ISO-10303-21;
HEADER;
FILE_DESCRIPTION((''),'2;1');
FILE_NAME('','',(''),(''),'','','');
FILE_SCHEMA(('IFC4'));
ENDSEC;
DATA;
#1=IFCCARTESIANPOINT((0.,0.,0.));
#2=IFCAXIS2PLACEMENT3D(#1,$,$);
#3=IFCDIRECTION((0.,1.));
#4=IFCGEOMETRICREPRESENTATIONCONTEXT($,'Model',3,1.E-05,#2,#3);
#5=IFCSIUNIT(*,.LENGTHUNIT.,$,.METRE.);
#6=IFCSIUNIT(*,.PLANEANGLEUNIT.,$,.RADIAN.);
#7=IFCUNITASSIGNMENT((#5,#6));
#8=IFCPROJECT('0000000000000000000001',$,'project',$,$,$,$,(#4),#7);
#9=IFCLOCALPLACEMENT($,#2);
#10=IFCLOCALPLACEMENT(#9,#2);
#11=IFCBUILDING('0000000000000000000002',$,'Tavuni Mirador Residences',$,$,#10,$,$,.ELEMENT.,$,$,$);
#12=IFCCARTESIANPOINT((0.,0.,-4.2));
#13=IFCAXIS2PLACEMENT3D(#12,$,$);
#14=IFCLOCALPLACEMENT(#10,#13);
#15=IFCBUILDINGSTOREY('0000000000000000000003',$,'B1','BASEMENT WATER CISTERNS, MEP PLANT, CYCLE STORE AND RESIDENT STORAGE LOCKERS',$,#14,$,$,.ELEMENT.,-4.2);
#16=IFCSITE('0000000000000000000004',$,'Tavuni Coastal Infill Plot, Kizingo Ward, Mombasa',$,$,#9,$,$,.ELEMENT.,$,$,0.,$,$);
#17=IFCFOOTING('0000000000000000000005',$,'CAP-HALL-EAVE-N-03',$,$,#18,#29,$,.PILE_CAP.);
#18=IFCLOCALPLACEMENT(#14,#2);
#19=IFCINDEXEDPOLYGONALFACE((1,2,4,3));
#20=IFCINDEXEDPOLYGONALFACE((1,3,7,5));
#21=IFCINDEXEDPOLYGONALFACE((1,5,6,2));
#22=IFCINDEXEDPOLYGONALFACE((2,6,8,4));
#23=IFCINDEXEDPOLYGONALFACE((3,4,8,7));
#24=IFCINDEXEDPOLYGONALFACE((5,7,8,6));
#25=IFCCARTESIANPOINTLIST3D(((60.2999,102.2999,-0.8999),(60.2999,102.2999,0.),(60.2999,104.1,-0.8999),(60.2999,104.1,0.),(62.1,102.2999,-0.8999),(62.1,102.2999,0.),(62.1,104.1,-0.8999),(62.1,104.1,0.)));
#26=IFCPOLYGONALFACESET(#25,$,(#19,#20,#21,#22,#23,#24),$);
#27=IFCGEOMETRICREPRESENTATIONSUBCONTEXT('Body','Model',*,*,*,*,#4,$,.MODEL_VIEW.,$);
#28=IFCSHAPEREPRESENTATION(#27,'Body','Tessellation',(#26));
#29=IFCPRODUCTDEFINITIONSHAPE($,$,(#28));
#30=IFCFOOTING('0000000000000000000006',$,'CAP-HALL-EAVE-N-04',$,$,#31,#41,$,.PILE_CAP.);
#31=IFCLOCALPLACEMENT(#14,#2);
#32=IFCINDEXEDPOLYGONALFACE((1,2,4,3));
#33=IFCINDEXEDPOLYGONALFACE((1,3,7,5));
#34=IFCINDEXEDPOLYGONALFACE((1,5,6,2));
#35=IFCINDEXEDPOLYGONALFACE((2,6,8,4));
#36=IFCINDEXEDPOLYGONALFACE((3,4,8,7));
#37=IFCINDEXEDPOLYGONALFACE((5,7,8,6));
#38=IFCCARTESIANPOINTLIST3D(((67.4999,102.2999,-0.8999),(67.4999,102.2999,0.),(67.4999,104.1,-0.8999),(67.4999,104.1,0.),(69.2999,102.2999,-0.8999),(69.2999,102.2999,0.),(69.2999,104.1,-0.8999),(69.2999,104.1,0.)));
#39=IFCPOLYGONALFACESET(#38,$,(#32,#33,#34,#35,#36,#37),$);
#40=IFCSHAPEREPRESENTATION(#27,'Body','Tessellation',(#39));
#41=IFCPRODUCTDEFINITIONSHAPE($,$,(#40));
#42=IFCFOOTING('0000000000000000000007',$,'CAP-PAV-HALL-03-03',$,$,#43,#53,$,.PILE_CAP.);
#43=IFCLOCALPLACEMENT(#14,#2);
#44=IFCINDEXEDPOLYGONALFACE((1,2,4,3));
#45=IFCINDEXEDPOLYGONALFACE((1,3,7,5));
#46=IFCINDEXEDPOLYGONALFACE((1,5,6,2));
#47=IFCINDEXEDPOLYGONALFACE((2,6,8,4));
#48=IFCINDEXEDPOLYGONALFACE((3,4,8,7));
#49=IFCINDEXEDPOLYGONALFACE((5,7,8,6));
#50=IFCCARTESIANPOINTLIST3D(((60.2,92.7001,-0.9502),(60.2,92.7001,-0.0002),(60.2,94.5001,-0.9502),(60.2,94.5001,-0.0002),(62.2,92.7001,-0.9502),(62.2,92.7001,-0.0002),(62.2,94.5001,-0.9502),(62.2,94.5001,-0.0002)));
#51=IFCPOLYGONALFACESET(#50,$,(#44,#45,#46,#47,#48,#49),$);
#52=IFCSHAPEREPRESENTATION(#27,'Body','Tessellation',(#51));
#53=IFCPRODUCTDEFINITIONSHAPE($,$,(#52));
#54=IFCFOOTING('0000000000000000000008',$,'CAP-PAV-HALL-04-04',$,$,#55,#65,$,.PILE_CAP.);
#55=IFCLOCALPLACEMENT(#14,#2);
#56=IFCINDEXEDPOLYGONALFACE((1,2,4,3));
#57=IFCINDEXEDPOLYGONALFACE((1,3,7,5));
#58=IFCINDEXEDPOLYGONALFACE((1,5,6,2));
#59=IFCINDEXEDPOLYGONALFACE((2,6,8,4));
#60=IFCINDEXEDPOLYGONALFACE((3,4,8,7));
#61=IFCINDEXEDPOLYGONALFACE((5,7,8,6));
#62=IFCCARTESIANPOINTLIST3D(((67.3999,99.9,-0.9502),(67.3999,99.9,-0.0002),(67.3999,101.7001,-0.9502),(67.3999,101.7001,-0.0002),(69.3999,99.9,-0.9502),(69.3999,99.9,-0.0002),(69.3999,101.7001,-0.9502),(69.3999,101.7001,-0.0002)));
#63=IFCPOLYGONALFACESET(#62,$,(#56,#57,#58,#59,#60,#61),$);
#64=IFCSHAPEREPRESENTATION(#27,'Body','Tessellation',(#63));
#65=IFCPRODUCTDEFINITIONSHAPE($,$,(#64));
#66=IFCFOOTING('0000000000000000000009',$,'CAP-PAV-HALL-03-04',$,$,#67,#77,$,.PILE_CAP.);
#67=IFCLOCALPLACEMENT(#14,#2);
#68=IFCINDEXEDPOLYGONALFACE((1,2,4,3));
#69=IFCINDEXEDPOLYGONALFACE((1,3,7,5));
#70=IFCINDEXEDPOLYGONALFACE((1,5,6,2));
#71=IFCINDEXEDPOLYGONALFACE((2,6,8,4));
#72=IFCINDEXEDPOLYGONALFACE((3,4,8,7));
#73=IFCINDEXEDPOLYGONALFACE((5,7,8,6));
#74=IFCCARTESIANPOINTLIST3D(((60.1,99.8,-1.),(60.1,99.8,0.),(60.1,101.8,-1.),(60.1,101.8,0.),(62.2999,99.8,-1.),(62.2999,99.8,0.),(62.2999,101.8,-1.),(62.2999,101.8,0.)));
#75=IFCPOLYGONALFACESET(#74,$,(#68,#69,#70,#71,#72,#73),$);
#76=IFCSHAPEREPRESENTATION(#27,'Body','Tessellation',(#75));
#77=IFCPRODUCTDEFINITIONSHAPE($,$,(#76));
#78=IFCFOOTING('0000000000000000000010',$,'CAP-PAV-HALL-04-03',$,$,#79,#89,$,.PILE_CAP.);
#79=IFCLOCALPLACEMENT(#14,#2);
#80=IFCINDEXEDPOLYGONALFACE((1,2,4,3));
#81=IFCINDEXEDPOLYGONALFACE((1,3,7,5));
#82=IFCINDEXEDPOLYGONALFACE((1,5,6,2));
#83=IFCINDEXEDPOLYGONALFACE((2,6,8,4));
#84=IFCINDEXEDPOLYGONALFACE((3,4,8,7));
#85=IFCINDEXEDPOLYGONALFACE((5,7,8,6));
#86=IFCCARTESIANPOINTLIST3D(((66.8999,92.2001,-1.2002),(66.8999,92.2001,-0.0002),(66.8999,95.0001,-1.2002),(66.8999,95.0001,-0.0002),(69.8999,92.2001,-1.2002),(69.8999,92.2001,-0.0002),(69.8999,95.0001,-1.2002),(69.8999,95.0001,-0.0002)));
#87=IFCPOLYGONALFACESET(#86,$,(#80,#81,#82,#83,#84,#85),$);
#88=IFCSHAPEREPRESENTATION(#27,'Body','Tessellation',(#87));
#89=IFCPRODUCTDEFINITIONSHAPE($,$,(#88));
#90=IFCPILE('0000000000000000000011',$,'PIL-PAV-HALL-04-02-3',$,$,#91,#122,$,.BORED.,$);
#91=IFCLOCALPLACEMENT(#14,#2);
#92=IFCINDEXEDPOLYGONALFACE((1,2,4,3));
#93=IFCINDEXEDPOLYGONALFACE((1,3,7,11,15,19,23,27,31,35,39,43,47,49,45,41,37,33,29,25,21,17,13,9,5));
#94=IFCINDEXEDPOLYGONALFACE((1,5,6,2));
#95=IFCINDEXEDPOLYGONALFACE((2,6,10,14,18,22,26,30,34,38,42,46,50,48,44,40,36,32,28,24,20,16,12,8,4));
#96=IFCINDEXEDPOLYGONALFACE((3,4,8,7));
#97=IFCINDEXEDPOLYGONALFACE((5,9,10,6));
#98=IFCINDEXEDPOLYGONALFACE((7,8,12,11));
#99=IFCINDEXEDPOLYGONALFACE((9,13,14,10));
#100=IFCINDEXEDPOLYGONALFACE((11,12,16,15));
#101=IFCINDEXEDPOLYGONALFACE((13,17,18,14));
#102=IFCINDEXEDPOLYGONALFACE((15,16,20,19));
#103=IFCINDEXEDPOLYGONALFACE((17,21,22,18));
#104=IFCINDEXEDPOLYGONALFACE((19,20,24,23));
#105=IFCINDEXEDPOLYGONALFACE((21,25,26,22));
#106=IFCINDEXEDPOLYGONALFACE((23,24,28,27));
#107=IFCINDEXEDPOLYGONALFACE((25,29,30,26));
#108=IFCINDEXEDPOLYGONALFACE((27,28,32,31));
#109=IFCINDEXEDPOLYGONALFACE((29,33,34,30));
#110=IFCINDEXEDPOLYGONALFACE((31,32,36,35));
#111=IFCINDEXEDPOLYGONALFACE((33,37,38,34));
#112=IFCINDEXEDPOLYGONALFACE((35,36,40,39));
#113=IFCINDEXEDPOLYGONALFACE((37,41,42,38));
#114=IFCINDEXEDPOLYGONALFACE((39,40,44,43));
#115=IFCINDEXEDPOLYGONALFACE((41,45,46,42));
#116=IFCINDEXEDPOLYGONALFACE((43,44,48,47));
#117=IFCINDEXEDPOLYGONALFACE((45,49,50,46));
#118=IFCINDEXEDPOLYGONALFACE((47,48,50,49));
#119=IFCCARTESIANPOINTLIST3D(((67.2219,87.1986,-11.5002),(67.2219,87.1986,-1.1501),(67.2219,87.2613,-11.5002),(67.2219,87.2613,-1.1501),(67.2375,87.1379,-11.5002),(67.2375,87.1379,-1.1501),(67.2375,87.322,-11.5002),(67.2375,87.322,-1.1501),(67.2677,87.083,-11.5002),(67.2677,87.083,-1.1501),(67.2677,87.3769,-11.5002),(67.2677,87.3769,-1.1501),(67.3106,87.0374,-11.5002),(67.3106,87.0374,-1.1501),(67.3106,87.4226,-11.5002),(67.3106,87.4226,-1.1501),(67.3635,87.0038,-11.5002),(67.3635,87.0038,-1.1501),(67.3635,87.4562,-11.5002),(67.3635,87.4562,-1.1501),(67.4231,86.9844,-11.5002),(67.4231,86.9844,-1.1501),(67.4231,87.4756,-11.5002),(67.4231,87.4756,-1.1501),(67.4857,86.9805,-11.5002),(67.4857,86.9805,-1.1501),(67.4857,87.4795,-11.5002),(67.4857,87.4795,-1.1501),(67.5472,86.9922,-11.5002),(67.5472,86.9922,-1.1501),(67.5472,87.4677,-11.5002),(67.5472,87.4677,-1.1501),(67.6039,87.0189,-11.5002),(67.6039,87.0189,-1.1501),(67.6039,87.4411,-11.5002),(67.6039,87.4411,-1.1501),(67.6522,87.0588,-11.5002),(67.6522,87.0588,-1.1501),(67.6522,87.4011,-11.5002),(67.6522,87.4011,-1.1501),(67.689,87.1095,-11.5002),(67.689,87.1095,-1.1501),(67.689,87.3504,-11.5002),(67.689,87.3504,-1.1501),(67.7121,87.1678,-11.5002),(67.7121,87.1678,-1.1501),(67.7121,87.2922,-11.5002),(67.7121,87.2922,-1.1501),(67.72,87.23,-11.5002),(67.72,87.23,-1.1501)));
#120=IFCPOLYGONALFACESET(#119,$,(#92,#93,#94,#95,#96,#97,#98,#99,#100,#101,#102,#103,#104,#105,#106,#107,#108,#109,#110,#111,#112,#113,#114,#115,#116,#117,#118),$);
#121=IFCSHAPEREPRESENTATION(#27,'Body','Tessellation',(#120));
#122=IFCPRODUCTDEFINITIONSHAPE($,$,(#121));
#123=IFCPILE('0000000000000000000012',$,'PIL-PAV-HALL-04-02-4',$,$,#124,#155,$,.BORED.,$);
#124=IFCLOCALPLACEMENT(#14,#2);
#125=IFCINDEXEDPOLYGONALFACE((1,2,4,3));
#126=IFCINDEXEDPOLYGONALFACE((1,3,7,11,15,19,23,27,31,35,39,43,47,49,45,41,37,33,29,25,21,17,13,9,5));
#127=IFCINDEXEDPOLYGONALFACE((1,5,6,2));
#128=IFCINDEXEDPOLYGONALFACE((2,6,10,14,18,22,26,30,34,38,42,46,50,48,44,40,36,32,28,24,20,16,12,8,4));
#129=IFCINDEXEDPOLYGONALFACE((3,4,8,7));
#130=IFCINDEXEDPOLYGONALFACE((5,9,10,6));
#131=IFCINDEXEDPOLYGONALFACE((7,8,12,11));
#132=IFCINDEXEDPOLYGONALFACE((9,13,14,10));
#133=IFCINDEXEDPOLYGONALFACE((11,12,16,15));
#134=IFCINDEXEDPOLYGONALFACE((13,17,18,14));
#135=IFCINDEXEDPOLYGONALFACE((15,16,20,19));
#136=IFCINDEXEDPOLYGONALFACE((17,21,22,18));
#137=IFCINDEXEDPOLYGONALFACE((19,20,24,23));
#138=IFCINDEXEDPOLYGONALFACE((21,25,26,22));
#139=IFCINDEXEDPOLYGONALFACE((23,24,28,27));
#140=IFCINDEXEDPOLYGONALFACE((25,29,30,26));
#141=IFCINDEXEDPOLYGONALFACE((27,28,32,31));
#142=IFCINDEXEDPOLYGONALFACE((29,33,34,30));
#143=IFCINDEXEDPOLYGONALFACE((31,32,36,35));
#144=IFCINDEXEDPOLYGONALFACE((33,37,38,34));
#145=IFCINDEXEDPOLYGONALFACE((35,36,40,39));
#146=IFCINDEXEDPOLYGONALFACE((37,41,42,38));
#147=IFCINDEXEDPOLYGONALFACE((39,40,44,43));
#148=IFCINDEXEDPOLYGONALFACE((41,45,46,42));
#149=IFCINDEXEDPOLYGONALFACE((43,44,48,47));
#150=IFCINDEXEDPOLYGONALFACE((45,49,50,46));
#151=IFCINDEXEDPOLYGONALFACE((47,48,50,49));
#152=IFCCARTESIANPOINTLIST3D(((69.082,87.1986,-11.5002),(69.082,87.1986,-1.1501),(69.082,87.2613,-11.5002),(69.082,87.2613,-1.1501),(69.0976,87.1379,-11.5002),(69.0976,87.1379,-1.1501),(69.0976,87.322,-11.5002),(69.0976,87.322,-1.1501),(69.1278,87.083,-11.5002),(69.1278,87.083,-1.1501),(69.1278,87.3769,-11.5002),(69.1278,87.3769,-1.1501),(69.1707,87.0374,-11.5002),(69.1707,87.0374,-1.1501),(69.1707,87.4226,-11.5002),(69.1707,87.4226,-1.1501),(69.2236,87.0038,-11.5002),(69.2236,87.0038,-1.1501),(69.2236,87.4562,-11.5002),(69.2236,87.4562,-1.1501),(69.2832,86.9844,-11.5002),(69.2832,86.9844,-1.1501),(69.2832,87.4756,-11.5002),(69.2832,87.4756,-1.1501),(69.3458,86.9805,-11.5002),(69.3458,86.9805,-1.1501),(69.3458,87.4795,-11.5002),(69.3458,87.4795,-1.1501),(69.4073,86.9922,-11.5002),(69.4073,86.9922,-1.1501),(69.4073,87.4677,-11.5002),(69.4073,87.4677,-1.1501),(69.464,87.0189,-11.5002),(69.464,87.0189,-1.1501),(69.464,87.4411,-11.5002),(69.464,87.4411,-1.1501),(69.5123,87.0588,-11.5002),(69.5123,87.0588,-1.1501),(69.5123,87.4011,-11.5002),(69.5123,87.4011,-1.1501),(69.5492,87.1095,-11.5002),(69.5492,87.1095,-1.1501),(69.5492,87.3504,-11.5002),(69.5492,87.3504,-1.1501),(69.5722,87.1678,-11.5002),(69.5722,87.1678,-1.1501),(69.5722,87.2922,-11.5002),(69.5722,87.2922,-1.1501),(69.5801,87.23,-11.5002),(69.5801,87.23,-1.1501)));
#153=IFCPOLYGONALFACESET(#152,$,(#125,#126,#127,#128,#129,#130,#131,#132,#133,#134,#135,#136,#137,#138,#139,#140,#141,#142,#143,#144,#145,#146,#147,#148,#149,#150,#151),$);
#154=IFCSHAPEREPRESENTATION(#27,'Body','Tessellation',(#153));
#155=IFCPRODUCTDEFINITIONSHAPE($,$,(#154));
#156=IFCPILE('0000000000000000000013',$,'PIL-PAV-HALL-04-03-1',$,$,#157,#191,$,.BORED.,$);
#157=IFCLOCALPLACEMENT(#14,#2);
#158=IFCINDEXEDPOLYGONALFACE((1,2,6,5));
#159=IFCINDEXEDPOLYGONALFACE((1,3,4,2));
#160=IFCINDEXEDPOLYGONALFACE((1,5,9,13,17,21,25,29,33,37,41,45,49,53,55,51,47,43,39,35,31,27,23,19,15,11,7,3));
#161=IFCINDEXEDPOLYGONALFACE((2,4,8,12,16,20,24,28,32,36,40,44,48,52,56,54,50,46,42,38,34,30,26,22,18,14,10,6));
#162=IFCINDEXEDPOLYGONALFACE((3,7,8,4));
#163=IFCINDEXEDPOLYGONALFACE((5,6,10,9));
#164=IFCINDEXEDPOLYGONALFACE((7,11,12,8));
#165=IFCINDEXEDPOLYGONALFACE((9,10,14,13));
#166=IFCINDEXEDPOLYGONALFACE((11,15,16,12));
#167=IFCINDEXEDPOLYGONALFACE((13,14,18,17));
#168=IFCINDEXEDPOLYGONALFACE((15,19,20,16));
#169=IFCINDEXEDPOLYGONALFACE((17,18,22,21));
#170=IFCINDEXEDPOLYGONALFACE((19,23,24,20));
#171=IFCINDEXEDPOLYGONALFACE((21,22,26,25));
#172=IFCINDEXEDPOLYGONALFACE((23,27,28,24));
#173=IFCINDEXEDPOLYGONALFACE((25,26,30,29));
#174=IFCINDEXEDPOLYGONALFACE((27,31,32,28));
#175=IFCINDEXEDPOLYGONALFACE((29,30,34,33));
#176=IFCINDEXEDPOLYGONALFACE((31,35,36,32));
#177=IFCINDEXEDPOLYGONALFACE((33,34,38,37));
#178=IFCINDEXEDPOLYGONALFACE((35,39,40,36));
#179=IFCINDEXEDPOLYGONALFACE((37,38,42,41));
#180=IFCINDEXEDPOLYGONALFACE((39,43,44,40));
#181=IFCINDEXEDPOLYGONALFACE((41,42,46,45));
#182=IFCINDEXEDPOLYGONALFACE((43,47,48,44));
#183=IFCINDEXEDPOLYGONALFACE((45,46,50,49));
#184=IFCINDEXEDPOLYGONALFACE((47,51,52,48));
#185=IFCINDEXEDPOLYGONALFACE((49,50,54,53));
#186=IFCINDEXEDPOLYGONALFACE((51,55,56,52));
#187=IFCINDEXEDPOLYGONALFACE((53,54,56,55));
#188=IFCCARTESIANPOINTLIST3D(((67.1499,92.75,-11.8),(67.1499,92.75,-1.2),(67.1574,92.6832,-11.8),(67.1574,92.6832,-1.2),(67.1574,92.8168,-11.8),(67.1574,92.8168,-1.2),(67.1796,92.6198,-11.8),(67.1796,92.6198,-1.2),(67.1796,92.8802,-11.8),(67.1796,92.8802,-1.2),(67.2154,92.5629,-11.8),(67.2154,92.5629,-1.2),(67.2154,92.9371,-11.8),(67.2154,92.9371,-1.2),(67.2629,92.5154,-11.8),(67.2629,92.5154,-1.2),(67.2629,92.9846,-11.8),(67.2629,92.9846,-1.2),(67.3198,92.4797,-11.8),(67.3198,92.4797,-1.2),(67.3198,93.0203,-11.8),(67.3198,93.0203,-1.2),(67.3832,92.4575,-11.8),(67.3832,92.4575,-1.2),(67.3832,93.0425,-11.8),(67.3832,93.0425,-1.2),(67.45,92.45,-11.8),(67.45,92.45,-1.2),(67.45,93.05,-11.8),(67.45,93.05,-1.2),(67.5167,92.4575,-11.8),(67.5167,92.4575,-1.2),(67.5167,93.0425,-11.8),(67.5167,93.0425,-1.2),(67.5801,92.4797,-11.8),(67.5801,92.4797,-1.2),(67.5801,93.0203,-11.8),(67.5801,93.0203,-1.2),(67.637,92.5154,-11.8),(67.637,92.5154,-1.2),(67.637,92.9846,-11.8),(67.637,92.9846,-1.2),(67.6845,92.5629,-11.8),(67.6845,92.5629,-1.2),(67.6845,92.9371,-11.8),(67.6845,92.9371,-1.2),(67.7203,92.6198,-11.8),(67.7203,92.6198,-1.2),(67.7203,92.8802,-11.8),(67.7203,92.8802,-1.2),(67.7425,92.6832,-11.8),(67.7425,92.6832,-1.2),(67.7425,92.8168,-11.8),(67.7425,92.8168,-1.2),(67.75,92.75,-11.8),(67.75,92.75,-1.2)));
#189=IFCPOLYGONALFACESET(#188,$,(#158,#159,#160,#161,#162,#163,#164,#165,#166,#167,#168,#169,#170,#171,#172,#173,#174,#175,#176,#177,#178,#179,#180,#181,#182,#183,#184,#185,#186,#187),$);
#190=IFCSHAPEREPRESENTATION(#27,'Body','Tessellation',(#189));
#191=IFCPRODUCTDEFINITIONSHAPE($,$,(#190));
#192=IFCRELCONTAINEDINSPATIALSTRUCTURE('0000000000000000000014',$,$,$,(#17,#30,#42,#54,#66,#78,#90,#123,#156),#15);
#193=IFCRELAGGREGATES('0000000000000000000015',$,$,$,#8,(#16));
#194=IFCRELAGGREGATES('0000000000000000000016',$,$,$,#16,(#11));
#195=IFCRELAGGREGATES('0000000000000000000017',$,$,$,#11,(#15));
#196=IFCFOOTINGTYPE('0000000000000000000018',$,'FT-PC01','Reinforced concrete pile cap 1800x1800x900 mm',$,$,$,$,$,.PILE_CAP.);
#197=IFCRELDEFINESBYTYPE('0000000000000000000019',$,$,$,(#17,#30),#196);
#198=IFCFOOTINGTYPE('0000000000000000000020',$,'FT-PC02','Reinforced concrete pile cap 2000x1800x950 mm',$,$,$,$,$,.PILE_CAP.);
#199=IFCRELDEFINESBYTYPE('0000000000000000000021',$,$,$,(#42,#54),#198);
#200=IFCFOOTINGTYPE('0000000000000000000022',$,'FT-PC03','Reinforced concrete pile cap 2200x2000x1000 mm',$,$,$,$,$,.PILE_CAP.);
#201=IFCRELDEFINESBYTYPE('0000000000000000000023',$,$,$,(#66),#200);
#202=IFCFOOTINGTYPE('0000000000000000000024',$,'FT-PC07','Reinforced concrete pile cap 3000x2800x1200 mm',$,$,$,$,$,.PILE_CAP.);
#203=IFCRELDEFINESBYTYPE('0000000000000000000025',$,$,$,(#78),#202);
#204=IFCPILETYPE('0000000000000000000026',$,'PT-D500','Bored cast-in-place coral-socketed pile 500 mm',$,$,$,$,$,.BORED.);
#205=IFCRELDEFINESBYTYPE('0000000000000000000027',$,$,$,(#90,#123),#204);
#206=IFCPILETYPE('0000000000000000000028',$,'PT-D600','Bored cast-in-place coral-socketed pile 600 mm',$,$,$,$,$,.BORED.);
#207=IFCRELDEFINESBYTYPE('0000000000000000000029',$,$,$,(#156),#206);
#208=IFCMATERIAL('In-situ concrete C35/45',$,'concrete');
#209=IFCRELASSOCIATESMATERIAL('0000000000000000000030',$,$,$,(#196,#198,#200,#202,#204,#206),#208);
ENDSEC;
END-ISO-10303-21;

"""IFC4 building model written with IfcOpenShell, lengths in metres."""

from ifc_helpers import new_model, si_unit, direction, frame, origin, origin_2d, place, context, subcontext, project, spatial, rectangle, circle, extrude, material, material_profile, profile_set, type_object, element, save


model = new_model("IFC4")

# Units and contexts
model_context = context("Model", 3, precision=1e-05, world=origin(), true_north=direction((0.0, 1.0)))
body_context = subcontext(model_context, "Body", "Model", "MODEL_VIEW")
ifc_project = project(units=[si_unit("LENGTHUNIT", "METRE"), si_unit("PLANEANGLEUNIT", "RADIAN")], contexts=[model_context])

# Site, building, storey
site_placement = place(None, origin())
site = spatial("IfcSite", under=ifc_project, at=site_placement, Name="Tavuni Coastal Infill Plot, Kizingo Ward, Mombasa", CompositionType="ELEMENT", RefElevation=0.0)
building_placement = place(site_placement, origin())
building = spatial("IfcBuilding", under=site, at=building_placement, Name="Tavuni Mirador Residences", CompositionType="ELEMENT")
storey_placement = place(building_placement, frame((0.0, 0.0, -4.2)))
storey = spatial("IfcBuildingStorey", under=building, at=storey_placement, Name="B1", Description="BASEMENT WATER CISTERNS, MEP PLANT, CYCLE STORE AND RESIDENT STORAGE LOCKERS", CompositionType="ELEMENT", Elevation=-4.2)

# Footings
ifc_material_1 = material(Name="In-situ concrete C35/45", Category="concrete")
footing_type_1 = type_object("IfcFootingType", Name="FT-PC01", Description="Reinforced concrete pile cap 1800x1800x900 mm", PredefinedType="PILE_CAP", material=ifc_material_1)
for number, where, z_axis, x_axis, name in (
    (1, (61.2, 103.2, -0.8999), (0.0, 0.0, 1.0), (1.0, 0.0, 0.0), "CAP-HALL-EAVE-N-03"),
    (2, (68.3999, 103.2, -0.8999), (0.0, 0.0, 1.0), (1.0, 0.0, 0.0), "CAP-HALL-EAVE-N-04"),
):
    element("IfcFooting", number, at=place(storey_placement, frame(where, z_axis=z_axis, x_axis=x_axis)), inside=storey, type_object=footing_type_1, Name=name, PredefinedType="PILE_CAP", context=body_context, shape_type="SweptSolid", body=[
        extrude(rectangle(XDim=1.8, YDim=1.8, at=origin_2d()), origin(), (0.0, 0.0, 1.0), 0.8999),
    ])
footing_type_2 = type_object("IfcFootingType", Name="FT-PC02", Description="Reinforced concrete pile cap 2000x1800x950 mm", PredefinedType="PILE_CAP", material=ifc_material_1)
for number, where, z_axis, x_axis, name in (
    (3, (61.2, 93.6001, -0.9502), (0.0, 0.0, 1.0), (1.0, 0.0, 0.0), "CAP-PAV-HALL-03-03"),
    (4, (68.3999, 100.8, -0.9502), (0.0, 0.0, 1.0), (1.0, 0.0, 0.0), "CAP-PAV-HALL-04-04"),
):
    element("IfcFooting", number, at=place(storey_placement, frame(where, z_axis=z_axis, x_axis=x_axis)), inside=storey, type_object=footing_type_2, Name=name, PredefinedType="PILE_CAP", context=body_context, shape_type="SweptSolid", body=[
        extrude(rectangle(XDim=2.0, YDim=1.8, at=origin_2d()), origin(), (0.0, 0.0, 1.0), 0.95),
    ])
footing_type_3 = type_object("IfcFootingType", Name="FT-PC03", Description="Reinforced concrete pile cap 2200x2000x1000 mm", PredefinedType="PILE_CAP", material=ifc_material_1)
footing_1_placement = place(storey_placement, frame((61.2, 100.8, -1.0), z_axis=(0.0, 0.0, 1.0), x_axis=(1.0, 0.0, 0.0)))
element("IfcFooting", 5, at=footing_1_placement, inside=storey, type_object=footing_type_3, Name="CAP-PAV-HALL-03-04", PredefinedType="PILE_CAP", context=body_context, shape_type="SweptSolid", body=[
    extrude(rectangle(XDim=2.2, YDim=2.0, at=origin_2d()), origin(), (0.0, 0.0, 1.0), 1.0),
])
footing_type_4 = type_object("IfcFootingType", Name="FT-PC07", Description="Reinforced concrete pile cap 3000x2800x1200 mm", PredefinedType="PILE_CAP", material=ifc_material_1)
footing_2_placement = place(storey_placement, frame((68.3999, 93.6001, -1.2002), z_axis=(0.0, 0.0, 1.0), x_axis=(1.0, 0.0, 0.0)))
element("IfcFooting", 6, at=footing_2_placement, inside=storey, type_object=footing_type_4, Name="CAP-PAV-HALL-04-03", PredefinedType="PILE_CAP", context=body_context, shape_type="SweptSolid", body=[
    extrude(rectangle(XDim=3.0, YDim=2.8, at=origin_2d()), origin(), (0.0, 0.0, 1.0), 1.2),
])

# Piles
ifc_material_profile_1 = material_profile(ifc_material_1, circle(Radius=0.25, at=origin_2d()), Name="PILE D500", Category="concrete")
ifc_profile_set_1 = profile_set([ifc_material_profile_1], Name="In-situ concrete C35/45")
pile_type_1 = type_object("IfcPileType", Name="PT-D500", Description="Bored cast-in-place coral-socketed pile 500 mm", PredefinedType="BORED", material=ifc_profile_set_1)
for number, where, z_axis, x_axis, name in (
    (7, (67.47, 87.23, -1.1501), (0.0, 0.0, -1.0), (1.0, 0.0, 0.0), "PIL-PAV-HALL-04-02-3"),
    (8, (69.3301, 87.23, -1.1501), (0.0, 0.0, -1.0), (1.0, 0.0, 0.0), "PIL-PAV-HALL-04-02-4"),
):
    element("IfcPile", number, at=place(storey_placement, frame(where, z_axis=z_axis, x_axis=x_axis)), inside=storey, type_object=pile_type_1, Name=name, PredefinedType="BORED", context=body_context, shape_type="SweptSolid", body=[
        extrude(circle(Radius=0.25, at=origin_2d()), origin(), (0.0, 0.0, 1.0), 10.3501),
    ])
ifc_material_profile_2 = material_profile(ifc_material_1, circle(Radius=0.3, at=origin_2d()), Name="PILE D600", Category="concrete")
ifc_profile_set_2 = profile_set([ifc_material_profile_2], Name="In-situ concrete C35/45")
pile_type_2 = type_object("IfcPileType", Name="PT-D600", Description="Bored cast-in-place coral-socketed pile 600 mm", PredefinedType="BORED", material=ifc_profile_set_2)
for number, where, z_axis, x_axis, name in (
    (9, (67.45, 92.75, -1.2), (0.0, 0.0, -1.0), (1.0, 0.0, 0.0), "PIL-PAV-HALL-04-03-1"),
):
    element("IfcPile", number, at=place(storey_placement, frame(where, z_axis=z_axis, x_axis=x_axis)), inside=storey, type_object=pile_type_2, Name=name, PredefinedType="BORED", context=body_context, shape_type="SweptSolid", body=[
        extrude(circle(Radius=0.3, at=origin_2d()), origin(), (0.0, 0.0, 1.0), 10.6001),
    ])

save(model, "model.ifc")
